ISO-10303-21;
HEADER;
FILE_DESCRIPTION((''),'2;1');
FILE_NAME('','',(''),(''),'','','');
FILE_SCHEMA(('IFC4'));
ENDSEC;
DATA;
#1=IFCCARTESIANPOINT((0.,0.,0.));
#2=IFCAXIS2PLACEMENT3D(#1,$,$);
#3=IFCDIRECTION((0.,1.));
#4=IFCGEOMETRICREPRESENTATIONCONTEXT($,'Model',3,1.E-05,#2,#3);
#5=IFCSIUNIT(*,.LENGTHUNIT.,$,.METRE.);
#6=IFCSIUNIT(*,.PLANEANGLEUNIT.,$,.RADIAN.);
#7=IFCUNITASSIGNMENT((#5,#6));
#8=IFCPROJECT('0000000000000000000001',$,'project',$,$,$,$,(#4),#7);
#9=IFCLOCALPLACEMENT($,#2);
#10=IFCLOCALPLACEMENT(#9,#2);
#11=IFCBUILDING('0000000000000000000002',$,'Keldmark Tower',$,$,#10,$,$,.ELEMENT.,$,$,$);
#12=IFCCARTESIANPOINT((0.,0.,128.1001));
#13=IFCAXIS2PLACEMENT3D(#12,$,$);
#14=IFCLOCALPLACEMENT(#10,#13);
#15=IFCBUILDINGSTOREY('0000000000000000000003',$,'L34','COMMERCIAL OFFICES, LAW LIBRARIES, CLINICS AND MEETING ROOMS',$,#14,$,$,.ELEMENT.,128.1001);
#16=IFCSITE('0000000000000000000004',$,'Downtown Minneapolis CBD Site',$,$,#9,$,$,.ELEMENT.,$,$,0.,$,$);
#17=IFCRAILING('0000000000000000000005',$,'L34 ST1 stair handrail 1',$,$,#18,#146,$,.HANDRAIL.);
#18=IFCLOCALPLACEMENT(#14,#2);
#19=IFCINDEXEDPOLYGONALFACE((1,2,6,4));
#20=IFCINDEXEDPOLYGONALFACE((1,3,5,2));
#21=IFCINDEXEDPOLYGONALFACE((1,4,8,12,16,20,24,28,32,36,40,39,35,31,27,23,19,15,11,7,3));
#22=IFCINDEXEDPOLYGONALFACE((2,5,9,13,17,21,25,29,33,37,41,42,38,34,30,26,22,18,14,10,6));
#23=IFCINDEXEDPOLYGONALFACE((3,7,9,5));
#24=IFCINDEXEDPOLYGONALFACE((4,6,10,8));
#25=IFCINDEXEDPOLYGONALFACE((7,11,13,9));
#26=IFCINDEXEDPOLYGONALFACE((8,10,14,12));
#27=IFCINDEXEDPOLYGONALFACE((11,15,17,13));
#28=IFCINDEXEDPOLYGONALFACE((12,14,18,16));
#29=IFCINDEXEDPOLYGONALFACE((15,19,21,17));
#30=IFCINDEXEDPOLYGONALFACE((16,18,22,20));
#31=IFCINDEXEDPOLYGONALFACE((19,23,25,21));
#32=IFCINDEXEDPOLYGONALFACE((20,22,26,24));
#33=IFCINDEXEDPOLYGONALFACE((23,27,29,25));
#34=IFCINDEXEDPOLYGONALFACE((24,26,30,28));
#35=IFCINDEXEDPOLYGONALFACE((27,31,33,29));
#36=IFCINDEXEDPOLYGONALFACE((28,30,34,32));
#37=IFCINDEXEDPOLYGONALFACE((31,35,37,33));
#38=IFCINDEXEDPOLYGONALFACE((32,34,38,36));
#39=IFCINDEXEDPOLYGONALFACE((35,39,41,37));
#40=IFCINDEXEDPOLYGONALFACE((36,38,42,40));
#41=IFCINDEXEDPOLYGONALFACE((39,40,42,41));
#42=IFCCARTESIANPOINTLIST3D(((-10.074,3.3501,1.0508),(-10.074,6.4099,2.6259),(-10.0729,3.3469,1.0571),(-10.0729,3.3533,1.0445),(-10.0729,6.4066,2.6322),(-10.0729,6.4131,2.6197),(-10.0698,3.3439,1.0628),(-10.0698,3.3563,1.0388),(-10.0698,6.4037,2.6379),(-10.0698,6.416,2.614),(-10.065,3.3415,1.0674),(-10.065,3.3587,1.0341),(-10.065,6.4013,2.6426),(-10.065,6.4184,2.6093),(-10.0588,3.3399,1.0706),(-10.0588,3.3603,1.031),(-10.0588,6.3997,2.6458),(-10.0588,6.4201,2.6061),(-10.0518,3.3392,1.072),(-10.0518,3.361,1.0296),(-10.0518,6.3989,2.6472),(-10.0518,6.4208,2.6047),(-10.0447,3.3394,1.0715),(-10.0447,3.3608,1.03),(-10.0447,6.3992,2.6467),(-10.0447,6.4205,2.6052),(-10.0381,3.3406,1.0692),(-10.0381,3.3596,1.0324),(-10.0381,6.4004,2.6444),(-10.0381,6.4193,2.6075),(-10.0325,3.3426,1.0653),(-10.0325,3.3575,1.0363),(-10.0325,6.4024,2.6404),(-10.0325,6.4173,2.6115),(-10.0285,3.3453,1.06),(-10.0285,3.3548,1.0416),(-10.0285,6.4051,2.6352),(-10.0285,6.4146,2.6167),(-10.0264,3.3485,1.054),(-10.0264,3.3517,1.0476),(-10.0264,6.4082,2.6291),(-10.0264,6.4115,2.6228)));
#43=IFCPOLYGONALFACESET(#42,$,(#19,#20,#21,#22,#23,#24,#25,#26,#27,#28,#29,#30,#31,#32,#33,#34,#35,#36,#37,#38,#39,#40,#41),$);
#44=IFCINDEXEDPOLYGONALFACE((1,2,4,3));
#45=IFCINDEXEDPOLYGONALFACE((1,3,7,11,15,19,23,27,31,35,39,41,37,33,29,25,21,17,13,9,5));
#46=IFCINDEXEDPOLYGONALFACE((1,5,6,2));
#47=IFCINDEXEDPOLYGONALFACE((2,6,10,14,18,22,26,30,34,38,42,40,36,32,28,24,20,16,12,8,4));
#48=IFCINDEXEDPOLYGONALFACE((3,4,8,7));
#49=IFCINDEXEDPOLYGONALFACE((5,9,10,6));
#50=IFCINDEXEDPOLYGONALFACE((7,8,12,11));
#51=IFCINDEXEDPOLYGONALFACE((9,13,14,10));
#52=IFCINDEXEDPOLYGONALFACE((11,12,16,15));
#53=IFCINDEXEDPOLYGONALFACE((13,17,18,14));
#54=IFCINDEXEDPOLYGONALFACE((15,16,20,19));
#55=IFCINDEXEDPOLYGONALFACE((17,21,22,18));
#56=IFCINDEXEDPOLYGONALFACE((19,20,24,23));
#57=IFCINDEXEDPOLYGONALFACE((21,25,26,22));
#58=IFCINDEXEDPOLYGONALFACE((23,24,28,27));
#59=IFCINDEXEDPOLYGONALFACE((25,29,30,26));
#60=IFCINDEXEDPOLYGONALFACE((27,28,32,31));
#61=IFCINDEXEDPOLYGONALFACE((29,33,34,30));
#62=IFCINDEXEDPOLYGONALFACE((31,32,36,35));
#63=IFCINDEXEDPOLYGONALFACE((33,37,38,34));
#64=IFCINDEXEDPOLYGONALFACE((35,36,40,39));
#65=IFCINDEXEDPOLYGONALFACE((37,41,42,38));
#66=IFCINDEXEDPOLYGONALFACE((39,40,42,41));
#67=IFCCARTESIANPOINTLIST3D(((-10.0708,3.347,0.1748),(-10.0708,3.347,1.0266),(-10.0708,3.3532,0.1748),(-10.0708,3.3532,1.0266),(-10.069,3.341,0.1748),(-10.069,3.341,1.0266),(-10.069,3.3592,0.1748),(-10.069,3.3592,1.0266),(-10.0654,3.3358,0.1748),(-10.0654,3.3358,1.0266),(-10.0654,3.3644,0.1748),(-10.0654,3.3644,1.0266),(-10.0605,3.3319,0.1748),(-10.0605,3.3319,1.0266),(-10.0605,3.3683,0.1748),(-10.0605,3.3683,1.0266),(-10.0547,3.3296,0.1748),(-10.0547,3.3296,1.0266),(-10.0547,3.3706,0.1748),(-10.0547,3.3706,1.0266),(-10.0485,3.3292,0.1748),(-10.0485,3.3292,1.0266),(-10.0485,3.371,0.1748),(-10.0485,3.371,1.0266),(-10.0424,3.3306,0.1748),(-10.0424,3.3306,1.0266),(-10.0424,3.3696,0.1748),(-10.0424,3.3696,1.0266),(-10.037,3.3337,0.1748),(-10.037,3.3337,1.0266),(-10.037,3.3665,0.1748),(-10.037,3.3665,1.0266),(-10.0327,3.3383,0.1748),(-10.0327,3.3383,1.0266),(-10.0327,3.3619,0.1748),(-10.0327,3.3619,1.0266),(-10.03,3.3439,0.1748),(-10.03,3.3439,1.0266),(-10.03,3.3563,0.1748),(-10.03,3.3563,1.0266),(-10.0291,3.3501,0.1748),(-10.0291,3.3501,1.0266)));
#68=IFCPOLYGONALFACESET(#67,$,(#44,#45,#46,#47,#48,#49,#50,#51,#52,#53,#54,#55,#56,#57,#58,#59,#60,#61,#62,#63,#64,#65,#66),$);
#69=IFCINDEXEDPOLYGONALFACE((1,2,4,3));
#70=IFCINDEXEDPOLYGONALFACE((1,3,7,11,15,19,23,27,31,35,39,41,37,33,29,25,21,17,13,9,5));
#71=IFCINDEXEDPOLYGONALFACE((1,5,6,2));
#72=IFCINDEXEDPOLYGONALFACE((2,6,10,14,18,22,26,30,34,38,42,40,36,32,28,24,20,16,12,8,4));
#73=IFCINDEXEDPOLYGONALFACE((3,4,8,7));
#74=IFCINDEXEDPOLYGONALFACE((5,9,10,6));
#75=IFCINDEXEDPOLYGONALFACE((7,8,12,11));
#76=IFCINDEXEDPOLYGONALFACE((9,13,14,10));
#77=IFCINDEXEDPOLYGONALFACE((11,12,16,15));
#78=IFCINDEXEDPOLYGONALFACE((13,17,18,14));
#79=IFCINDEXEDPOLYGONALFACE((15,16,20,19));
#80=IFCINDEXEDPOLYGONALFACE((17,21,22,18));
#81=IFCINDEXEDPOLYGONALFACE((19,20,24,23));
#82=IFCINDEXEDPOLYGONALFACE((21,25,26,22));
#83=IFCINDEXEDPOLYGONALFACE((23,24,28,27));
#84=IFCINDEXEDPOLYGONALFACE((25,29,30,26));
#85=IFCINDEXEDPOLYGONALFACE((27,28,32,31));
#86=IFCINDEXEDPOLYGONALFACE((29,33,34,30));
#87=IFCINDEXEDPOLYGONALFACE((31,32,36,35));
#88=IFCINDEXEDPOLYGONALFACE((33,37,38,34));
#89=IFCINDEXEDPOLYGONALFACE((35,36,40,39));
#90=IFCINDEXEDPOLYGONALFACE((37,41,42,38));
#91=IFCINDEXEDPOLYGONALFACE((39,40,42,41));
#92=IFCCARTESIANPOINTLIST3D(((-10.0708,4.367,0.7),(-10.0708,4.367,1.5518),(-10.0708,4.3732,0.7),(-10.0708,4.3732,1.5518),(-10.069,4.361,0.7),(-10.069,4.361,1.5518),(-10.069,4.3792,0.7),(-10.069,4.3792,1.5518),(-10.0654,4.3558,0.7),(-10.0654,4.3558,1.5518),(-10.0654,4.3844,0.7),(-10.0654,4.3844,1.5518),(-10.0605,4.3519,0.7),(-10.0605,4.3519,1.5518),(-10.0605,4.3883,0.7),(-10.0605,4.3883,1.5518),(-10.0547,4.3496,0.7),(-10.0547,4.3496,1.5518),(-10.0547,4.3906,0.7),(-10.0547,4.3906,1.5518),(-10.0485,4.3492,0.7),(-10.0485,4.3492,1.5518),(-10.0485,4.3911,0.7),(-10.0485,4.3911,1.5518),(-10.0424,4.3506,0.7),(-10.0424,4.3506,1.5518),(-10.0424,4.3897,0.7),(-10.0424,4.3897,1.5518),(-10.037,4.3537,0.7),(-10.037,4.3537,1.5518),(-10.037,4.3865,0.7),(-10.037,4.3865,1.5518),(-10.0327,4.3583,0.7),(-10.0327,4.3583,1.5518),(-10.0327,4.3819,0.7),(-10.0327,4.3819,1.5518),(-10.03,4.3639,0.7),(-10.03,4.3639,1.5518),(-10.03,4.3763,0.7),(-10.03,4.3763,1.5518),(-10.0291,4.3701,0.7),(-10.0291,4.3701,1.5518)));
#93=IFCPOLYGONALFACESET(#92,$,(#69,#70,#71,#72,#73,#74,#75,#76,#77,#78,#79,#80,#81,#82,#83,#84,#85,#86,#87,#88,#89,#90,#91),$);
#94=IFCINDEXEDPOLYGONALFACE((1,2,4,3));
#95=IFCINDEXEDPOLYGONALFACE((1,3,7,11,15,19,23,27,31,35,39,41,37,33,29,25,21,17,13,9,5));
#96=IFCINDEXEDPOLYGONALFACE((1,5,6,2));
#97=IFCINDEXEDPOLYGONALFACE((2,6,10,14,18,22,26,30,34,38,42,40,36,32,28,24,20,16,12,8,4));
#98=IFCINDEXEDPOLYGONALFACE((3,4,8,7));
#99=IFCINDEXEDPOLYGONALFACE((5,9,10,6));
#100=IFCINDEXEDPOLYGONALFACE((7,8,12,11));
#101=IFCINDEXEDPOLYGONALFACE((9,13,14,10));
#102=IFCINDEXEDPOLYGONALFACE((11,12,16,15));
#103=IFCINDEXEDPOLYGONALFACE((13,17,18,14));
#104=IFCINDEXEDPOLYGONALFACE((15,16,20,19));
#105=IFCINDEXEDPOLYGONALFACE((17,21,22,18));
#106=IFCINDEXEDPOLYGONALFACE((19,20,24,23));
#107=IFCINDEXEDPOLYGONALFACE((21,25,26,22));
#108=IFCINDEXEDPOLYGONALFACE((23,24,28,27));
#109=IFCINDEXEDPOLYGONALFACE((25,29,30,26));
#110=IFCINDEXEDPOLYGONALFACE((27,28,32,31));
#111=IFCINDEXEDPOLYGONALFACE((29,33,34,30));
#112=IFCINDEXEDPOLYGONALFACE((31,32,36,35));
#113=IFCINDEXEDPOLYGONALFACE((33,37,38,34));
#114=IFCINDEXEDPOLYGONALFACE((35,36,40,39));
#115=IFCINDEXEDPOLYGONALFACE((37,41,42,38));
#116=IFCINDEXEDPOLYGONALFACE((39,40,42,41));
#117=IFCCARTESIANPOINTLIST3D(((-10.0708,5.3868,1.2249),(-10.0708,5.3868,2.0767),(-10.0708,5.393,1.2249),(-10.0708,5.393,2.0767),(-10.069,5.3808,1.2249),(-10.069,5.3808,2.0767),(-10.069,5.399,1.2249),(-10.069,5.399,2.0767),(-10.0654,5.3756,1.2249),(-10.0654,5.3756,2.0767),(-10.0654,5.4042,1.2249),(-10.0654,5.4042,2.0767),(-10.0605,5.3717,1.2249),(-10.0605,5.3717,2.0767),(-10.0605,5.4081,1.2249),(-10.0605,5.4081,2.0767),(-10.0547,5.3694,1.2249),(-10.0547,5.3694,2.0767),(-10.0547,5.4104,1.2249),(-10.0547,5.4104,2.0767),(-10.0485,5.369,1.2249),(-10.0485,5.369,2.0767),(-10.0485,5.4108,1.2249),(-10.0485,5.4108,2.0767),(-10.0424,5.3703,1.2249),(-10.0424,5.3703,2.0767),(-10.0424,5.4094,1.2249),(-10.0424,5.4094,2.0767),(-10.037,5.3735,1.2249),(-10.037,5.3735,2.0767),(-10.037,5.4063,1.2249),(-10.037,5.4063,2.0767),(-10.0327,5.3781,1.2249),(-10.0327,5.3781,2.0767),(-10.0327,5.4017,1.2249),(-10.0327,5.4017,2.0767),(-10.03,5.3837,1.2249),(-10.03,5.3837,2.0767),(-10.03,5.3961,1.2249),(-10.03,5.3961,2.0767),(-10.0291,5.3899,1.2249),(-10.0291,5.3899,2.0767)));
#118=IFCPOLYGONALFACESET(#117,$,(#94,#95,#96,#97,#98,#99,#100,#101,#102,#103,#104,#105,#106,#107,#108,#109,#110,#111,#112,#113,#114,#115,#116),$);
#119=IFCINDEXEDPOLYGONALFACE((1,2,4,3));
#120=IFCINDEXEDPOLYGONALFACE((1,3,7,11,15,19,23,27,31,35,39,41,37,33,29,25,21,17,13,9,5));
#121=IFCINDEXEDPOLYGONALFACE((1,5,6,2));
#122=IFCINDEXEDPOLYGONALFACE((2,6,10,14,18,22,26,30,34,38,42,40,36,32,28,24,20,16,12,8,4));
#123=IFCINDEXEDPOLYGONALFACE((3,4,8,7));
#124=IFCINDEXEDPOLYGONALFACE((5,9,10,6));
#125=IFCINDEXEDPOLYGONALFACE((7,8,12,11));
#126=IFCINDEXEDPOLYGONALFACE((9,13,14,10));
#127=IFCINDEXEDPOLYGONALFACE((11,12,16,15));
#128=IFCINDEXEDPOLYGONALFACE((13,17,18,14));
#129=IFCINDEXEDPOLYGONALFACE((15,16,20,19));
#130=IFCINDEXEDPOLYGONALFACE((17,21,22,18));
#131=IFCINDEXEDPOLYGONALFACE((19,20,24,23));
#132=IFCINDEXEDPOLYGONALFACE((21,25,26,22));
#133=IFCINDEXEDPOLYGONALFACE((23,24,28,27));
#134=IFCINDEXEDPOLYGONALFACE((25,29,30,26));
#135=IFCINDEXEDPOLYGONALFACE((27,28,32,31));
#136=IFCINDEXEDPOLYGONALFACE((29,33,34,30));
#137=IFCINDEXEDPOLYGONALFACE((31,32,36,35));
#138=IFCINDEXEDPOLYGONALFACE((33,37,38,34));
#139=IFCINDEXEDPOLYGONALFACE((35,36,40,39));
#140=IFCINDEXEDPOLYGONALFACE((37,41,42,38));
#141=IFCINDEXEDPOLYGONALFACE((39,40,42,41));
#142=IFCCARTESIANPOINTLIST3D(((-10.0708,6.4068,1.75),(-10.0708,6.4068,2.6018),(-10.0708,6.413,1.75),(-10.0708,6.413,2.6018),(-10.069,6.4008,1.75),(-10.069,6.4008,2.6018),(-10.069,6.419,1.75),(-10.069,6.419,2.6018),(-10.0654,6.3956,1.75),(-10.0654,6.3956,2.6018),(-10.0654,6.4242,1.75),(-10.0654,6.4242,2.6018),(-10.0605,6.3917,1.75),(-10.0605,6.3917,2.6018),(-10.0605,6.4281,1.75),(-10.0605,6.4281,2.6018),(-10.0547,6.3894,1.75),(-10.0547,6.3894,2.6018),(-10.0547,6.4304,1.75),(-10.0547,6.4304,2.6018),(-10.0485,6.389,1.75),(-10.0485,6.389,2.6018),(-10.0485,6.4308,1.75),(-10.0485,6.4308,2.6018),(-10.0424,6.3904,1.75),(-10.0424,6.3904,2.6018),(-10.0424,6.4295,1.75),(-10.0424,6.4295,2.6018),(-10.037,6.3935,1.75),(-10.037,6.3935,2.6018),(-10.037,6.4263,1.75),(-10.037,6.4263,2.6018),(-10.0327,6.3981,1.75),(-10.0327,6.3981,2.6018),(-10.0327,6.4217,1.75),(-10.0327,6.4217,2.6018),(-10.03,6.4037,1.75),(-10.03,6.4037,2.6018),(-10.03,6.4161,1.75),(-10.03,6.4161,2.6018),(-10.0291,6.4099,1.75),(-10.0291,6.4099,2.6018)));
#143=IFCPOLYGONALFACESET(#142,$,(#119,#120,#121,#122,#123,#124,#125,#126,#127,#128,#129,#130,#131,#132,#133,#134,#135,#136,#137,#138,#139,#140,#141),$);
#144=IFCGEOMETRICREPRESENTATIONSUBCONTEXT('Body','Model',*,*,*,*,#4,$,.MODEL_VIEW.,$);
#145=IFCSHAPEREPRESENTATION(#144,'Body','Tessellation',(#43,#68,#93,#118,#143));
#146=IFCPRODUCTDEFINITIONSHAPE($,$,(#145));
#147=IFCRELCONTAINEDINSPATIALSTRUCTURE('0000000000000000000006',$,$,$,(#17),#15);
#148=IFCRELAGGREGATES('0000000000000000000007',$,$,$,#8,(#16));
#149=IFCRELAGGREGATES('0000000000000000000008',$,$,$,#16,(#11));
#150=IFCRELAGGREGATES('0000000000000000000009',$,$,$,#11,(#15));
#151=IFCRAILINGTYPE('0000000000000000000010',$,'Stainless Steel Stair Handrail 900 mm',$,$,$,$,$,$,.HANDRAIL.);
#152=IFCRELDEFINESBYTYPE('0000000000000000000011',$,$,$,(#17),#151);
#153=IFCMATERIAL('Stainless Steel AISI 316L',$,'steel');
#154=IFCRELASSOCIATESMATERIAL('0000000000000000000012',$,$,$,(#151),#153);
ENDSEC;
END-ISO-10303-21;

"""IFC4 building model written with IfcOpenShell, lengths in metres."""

from ifc_helpers import new_model, si_unit, direction, frame, origin, origin_2d, place, context, subcontext, project, spatial, circle, extrude, material, type_object, element, save


model = new_model("IFC4")

# Units and contexts
model_context = context("Model", 3, precision=1e-05, world=origin(), true_north=direction((0.0, 1.0)))
body_context = subcontext(model_context, "Body", "Model", "MODEL_VIEW")
ifc_project = project(units=[si_unit("LENGTHUNIT", "METRE"), si_unit("PLANEANGLEUNIT", "RADIAN")], contexts=[model_context])

# Site, building, storey
site_placement = place(None, origin())
site = spatial("IfcSite", under=ifc_project, at=site_placement, Name="Downtown Minneapolis CBD Site", CompositionType="ELEMENT", RefElevation=0.0)
building_placement = place(site_placement, origin())
building = spatial("IfcBuilding", under=site, at=building_placement, Name="Keldmark Tower", CompositionType="ELEMENT")
storey_placement = place(building_placement, frame((0.0, 0.0, 128.1001)))
storey = spatial("IfcBuildingStorey", under=building, at=storey_placement, Name="L34", Description="COMMERCIAL OFFICES, LAW LIBRARIES, CLINICS AND MEETING ROOMS", CompositionType="ELEMENT", Elevation=128.1001)

# Railing
ifc_material_1 = material(Name="Stainless Steel AISI 316L", Category="steel")
railing_type = type_object("IfcRailingType", Name="Stainless Steel Stair Handrail 900 mm", PredefinedType="HANDRAIL", material=ifc_material_1)
railing_placement = place(storey_placement, frame((-10.05, 3.3501, 0.1748)))
element("IfcRailing", 1, at=railing_placement, inside=storey, type_object=railing_type, Name="L34 ST1 stair handrail 1", PredefinedType="HANDRAIL", context=body_context, shape_type="SweptSolid", body=[
    extrude(circle(Radius=0.0239, at=origin_2d()), frame((0.0, 0.0, 0.876), z_axis=(0.0, 0.889101, 0.45771), x_axis=(-1.0, 0.0, 0.0)), (0.0, 0.0, 1.0), 3.4414),
    extrude(circle(Radius=0.021, at=origin_2d()), origin(), (0.0, 0.0, 1.0), 0.8518),
    extrude(circle(Radius=0.021, at=origin_2d()), frame((0.0, 1.02, 0.5251)), (0.0, 0.0, 1.0), 0.8518),
    extrude(circle(Radius=0.021, at=origin_2d()), frame((0.0, 2.0398, 1.05)), (0.0, 0.0, 1.0), 0.8518),
    extrude(circle(Radius=0.021, at=origin_2d()), frame((0.0, 3.0598, 1.5752)), (0.0, 0.0, 1.0), 0.8518),
])

save(model, "model.ifc")
